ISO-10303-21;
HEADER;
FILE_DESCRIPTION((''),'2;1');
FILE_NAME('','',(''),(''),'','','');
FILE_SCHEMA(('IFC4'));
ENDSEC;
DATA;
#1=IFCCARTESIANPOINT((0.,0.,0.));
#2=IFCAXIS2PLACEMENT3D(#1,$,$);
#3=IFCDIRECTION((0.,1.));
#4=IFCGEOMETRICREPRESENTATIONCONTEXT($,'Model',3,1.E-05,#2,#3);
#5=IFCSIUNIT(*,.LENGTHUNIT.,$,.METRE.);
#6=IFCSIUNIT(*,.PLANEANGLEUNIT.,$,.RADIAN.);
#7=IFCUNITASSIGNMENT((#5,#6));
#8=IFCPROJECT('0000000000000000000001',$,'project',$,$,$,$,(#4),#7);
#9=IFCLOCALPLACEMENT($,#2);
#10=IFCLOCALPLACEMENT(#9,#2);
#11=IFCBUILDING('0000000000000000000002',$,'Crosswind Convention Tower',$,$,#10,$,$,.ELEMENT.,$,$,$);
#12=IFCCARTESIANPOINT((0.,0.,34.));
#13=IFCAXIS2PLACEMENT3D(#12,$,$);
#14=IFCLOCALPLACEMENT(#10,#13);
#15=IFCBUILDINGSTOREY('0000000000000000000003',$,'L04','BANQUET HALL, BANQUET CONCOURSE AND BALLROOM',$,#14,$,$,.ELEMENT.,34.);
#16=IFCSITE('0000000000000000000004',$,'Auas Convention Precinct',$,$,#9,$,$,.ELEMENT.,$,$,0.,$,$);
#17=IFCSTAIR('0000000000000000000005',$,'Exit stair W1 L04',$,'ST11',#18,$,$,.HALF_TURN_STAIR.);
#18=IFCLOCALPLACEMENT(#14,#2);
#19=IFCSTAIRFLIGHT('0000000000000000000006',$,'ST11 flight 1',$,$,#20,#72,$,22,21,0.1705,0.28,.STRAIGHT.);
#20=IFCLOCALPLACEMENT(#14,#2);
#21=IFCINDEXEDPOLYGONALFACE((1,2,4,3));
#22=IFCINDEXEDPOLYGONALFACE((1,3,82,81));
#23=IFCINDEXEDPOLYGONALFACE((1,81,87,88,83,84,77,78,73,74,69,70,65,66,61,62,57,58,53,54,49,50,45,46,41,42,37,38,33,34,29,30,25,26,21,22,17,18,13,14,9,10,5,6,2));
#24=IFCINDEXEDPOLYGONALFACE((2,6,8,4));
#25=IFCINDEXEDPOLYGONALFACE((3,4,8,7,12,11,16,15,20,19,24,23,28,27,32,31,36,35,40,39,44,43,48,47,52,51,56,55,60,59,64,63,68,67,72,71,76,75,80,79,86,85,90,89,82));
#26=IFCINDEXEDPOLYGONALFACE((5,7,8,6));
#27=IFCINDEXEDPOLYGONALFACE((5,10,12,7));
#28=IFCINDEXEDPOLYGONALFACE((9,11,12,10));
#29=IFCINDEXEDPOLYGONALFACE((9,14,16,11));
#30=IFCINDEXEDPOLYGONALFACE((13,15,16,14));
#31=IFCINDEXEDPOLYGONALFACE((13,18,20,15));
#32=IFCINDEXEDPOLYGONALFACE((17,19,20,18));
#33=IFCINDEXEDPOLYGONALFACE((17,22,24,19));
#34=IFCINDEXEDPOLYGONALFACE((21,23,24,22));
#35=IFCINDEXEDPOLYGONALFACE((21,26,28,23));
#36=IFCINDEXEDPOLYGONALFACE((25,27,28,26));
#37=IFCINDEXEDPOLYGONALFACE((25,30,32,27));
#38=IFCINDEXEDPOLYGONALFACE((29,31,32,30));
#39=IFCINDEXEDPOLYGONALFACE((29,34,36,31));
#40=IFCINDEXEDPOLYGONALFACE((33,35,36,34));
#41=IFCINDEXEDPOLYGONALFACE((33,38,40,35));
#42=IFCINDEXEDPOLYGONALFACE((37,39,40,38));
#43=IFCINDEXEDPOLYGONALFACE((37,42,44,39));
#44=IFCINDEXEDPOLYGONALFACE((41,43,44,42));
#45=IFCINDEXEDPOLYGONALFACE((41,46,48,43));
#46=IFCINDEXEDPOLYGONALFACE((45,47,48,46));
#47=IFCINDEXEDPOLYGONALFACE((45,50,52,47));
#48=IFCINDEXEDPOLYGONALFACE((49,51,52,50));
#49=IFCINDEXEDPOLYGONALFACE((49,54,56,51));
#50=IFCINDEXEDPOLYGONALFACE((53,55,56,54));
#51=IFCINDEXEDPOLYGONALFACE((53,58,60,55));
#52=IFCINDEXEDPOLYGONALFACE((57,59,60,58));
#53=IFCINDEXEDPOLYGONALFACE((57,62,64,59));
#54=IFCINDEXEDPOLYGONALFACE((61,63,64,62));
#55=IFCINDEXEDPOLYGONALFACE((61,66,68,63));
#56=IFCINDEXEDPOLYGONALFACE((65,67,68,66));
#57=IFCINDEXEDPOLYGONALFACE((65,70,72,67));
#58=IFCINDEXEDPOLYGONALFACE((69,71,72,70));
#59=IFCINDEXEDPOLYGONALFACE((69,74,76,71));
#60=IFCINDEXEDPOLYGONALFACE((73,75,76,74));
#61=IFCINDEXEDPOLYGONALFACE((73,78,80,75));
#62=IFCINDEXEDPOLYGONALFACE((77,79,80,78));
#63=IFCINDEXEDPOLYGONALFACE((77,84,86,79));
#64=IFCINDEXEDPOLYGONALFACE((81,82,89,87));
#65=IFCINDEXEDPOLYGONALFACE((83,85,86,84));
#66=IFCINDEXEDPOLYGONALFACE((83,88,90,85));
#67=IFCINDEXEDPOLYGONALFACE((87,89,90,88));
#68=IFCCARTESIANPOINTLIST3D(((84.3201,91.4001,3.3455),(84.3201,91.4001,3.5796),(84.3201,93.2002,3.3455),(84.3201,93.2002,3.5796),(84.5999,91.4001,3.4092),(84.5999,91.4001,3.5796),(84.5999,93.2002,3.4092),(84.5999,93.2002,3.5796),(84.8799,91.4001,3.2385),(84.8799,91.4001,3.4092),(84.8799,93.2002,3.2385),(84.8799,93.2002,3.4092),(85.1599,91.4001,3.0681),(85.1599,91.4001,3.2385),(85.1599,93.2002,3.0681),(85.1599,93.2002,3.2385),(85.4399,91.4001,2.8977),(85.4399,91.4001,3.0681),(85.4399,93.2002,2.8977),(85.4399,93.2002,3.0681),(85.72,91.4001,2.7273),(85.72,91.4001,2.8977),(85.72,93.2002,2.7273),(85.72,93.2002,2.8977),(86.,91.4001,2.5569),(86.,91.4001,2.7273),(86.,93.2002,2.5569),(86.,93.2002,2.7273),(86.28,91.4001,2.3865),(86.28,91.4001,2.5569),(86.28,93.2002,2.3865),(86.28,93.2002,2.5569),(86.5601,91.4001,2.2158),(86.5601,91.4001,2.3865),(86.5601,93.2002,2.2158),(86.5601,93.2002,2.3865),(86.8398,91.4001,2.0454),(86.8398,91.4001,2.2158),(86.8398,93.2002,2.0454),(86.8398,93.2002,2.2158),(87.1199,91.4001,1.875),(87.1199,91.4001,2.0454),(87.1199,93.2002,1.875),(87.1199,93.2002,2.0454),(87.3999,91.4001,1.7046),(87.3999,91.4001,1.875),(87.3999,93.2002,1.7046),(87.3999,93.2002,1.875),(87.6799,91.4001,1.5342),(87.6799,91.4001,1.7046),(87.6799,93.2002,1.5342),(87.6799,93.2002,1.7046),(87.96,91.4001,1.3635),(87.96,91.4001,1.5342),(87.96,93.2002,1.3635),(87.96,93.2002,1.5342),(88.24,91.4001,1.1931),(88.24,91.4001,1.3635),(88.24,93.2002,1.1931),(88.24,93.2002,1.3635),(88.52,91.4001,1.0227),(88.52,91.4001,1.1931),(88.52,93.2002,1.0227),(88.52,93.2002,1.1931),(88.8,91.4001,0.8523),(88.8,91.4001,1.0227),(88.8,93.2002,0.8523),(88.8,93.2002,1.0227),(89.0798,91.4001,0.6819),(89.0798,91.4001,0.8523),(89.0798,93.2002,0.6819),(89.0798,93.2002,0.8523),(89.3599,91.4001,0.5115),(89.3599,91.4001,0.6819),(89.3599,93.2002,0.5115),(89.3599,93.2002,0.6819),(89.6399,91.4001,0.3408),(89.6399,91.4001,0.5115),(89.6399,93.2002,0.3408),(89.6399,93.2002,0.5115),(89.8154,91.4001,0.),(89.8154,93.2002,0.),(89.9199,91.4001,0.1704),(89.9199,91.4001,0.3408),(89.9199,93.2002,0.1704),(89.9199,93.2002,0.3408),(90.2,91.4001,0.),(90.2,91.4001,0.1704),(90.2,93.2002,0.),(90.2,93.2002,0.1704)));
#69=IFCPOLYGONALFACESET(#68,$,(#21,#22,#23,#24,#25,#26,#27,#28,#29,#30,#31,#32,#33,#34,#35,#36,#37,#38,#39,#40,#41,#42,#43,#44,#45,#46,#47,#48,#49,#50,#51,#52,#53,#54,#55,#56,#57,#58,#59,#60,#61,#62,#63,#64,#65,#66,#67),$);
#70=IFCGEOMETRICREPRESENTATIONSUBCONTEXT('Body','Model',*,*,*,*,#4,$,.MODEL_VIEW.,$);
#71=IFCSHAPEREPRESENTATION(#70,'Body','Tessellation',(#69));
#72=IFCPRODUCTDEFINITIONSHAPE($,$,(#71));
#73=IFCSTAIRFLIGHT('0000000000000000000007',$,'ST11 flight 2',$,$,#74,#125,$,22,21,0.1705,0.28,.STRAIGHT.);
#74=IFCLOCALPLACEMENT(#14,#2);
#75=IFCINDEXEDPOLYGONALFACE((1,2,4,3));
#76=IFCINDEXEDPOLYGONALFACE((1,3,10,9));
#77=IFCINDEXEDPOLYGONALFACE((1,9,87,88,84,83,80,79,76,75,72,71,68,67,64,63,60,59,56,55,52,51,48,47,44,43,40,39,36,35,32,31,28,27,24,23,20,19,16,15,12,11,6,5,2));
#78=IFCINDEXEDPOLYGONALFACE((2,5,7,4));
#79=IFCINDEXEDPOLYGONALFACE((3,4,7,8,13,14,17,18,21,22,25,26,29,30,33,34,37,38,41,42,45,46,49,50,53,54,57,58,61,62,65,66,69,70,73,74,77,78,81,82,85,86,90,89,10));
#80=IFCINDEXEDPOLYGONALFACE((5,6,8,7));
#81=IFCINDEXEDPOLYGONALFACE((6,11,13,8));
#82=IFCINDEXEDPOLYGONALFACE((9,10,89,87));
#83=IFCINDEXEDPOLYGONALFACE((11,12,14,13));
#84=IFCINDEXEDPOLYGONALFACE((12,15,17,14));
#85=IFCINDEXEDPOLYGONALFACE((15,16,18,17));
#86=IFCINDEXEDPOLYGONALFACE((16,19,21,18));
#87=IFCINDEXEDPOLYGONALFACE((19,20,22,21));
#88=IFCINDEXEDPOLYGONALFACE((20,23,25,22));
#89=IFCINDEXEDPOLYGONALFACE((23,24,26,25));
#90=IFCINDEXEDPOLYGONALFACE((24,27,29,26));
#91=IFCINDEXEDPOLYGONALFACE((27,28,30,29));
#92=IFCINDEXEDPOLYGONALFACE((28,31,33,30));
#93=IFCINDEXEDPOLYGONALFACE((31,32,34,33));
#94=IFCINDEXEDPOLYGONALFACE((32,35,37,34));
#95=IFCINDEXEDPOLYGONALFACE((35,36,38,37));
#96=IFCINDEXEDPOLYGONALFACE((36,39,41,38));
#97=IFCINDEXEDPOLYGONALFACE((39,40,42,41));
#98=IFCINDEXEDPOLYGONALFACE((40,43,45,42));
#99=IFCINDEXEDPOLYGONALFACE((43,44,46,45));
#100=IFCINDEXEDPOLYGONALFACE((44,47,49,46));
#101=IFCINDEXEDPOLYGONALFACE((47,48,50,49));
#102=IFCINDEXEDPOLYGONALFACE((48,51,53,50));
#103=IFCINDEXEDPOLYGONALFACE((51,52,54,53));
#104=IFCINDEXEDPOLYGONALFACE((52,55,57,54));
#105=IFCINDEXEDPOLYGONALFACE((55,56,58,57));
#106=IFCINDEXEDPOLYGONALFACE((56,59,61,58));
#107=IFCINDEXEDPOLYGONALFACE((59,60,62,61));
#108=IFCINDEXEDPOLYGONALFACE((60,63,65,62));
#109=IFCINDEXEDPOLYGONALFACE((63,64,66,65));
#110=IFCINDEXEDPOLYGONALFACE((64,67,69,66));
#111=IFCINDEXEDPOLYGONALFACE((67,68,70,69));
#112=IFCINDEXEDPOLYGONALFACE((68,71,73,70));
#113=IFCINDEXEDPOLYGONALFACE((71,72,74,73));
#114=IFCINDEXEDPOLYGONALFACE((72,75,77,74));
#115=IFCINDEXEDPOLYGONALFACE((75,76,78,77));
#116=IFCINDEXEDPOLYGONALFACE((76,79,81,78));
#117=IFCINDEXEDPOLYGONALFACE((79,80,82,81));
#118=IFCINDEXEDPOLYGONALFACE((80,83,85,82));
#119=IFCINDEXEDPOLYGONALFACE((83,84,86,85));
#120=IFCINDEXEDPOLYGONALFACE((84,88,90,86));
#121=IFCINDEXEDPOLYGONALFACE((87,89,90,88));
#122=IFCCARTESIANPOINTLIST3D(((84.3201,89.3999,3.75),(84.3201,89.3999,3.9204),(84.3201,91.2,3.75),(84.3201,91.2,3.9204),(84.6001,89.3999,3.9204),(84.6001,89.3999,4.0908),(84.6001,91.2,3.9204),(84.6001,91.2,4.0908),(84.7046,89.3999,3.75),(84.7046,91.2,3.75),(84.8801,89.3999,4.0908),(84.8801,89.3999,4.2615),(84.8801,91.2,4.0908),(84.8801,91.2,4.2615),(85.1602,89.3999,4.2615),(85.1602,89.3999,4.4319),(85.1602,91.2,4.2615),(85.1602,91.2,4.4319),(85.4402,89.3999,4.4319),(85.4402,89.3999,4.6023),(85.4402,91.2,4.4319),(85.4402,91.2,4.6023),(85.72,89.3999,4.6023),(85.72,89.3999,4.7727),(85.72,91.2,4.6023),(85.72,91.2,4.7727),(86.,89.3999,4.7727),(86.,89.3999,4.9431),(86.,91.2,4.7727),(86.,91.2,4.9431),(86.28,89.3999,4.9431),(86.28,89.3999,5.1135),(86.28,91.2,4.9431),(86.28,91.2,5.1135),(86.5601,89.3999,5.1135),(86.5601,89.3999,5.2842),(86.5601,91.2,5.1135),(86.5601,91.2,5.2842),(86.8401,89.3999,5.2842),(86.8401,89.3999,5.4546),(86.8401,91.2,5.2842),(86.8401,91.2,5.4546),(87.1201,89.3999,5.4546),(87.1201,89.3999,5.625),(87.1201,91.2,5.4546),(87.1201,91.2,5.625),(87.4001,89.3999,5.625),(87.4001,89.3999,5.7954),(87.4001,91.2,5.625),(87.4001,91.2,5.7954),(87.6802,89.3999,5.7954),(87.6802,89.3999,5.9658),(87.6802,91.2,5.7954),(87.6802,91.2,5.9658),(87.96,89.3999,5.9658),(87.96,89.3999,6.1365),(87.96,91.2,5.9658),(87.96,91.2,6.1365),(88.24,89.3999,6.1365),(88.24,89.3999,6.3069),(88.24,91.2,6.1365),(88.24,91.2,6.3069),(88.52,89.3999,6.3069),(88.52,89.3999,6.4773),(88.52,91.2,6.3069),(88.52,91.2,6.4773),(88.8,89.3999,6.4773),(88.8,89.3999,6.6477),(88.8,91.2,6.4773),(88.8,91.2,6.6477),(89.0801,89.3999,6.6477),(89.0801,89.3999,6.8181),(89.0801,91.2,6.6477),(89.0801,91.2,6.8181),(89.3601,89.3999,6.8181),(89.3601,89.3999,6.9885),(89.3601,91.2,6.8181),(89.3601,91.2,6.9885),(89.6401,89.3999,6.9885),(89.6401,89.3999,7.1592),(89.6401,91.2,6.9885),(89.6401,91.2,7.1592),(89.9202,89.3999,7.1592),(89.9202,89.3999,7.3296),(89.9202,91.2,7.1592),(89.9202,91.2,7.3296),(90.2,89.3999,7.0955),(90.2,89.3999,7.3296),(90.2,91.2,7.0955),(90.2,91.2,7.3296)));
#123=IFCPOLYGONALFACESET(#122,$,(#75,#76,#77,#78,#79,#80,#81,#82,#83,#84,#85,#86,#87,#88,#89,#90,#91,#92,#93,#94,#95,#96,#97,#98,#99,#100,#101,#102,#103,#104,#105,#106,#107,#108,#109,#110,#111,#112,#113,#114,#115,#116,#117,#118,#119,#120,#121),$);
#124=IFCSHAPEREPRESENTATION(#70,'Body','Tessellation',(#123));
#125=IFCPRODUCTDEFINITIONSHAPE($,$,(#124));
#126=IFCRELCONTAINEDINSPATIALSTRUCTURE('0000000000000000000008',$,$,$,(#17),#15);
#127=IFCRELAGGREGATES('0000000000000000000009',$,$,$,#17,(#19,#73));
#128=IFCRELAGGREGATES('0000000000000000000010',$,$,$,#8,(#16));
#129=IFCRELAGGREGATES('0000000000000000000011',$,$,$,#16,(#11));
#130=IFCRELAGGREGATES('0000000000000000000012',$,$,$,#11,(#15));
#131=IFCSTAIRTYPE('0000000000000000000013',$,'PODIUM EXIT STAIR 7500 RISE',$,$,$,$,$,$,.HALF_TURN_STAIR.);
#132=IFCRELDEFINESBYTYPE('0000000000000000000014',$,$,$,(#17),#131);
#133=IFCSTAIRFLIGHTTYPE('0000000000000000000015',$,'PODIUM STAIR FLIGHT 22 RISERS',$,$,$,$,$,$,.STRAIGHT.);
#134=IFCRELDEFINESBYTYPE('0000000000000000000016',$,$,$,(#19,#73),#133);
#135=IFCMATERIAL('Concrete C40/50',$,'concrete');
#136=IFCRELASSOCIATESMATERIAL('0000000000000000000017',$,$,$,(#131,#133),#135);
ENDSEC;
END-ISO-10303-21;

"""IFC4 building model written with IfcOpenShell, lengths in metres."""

from ifc_helpers import new_model, si_unit, direction, frame, origin, place, context, subcontext, project, spatial, polyline, outline, extrude, material, type_object, element, aggregate, save


model = new_model("IFC4")

# Units and contexts
model_context = context("Model", 3, precision=1e-05, world=origin(), true_north=direction((0.0, 1.0)))
body_context = subcontext(model_context, "Body", "Model", "MODEL_VIEW")
ifc_project = project(units=[si_unit("LENGTHUNIT", "METRE"), si_unit("PLANEANGLEUNIT", "RADIAN")], contexts=[model_context])

# Site, building, storey
site_placement = place(None, origin())
site = spatial("IfcSite", under=ifc_project, at=site_placement, Name="Auas Convention Precinct", CompositionType="ELEMENT", RefElevation=0.0)
building_placement = place(site_placement, origin())
building = spatial("IfcBuilding", under=site, at=building_placement, Name="Crosswind Convention Tower", CompositionType="ELEMENT")
storey_placement = place(building_placement, frame((0.0, 0.0, 34.0)))
storey = spatial("IfcBuildingStorey", under=building, at=storey_placement, Name="L04", Description="BANQUET HALL, BANQUET CONCOURSE AND BALLROOM", CompositionType="ELEMENT", Elevation=34.0)

# Shared definitions
ifc_material_1 = material(Name="Concrete C40/50", Category="concrete")

# Stair, stair flights
stair_type = type_object("IfcStairType", Name="PODIUM EXIT STAIR 7500 RISE", PredefinedType="HALF_TURN_STAIR", material=ifc_material_1)
stair_placement = place(storey_placement, origin())
stair = element("IfcStair", 1, at=stair_placement, inside=storey, type_object=stair_type, Name="Exit stair W1 L04", ObjectType="ST11", PredefinedType="HALF_TURN_STAIR")
stair_flight_type = type_object("IfcStairFlightType", Name="PODIUM STAIR FLIGHT 22 RISERS", PredefinedType="STRAIGHT", material=ifc_material_1)
stair_flight_1_placement = place(storey_placement, frame((90.2, 92.3, 0.0), z_axis=(0.0, 0.0, 1.0), x_axis=(-1.0, 0.0, 0.0)))
stair_flight_1 = element("IfcStairFlight", 2, at=stair_flight_1_placement, type_object=stair_flight_type, Name="ST11 flight 1", NumberOfRisers=22, NumberOfTreads=21, PredefinedType="STRAIGHT", RiserHeight=0.1705, TreadLength=0.28, context=body_context, shape_type="SweptSolid", body=[
    extrude(outline(polyline([(0.0, 0.0), (0.0, 0.1704), (0.28, 0.1704), (0.28, 0.3408), (0.5601, 0.3408), (0.5601, 0.5115), (0.8401, 0.5115), (0.8401, 0.6819), (1.1201, 0.6819), (1.1201, 0.8523), (1.3999, 0.8523), (1.3999, 1.0227), (1.6799, 1.0227), (1.6799, 1.1931), (1.96, 1.1931), (1.96, 1.3635), (2.24, 1.3635), (2.24, 1.5342), (2.52, 1.5342), (2.52, 1.7046), (2.8, 1.7046), (2.8, 1.875), (3.0801, 1.875), (3.0801, 2.0454), (3.3601, 2.0454), (3.3601, 2.2158), (3.6399, 2.2158), (3.6399, 2.3865), (3.9199, 2.3865), (3.9199, 2.5569), (4.2, 2.5569), (4.2, 2.7273), (4.48, 2.7273), (4.48, 2.8977), (4.76, 2.8977), (4.76, 3.0681), (5.04, 3.0681), (5.04, 3.2385), (5.3201, 3.2385), (5.3201, 3.4092), (5.6001, 3.4092), (5.6001, 3.5796), (5.8799, 3.5796), (5.8799, 3.75), (5.8799, 3.3455), (0.3845, 0.0), (0.0, 0.0)])), frame((0.0, 0.8999, 0.0), z_axis=(0.0, -1.0, 0.0), x_axis=(1.0, 0.0, 0.0)), (0.0, 0.0, 1.0), 1.8),
])
stair_flight_2_placement = place(storey_placement, frame((84.3201, 90.3, 3.75), z_axis=(0.0, 0.0, 1.0), x_axis=(1.0, 0.0, 0.0)))
stair_flight_2 = element("IfcStairFlight", 3, at=stair_flight_2_placement, type_object=stair_flight_type, Name="ST11 flight 2", NumberOfRisers=22, NumberOfTreads=21, PredefinedType="STRAIGHT", RiserHeight=0.1705, TreadLength=0.28, context=body_context, shape_type="SweptSolid", body=[
    extrude(outline(polyline([(0.0, 0.0), (0.0, 0.1704), (0.28, 0.1704), (0.28, 0.3408), (0.5601, 0.3408), (0.5601, 0.5115), (0.8401, 0.5115), (0.8401, 0.6819), (1.1201, 0.6819), (1.1201, 0.8523), (1.3999, 0.8523), (1.3999, 1.0227), (1.6799, 1.0227), (1.6799, 1.1931), (1.96, 1.1931), (1.96, 1.3635), (2.24, 1.3635), (2.24, 1.5342), (2.52, 1.5342), (2.52, 1.7046), (2.8, 1.7046), (2.8, 1.875), (3.0801, 1.875), (3.0801, 2.0454), (3.3601, 2.0454), (3.3601, 2.2158), (3.6399, 2.2158), (3.6399, 2.3865), (3.9199, 2.3865), (3.9199, 2.5569), (4.2, 2.5569), (4.2, 2.7273), (4.48, 2.7273), (4.48, 2.8977), (4.76, 2.8977), (4.76, 3.0681), (5.04, 3.0681), (5.04, 3.2385), (5.3201, 3.2385), (5.3201, 3.4092), (5.6001, 3.4092), (5.6001, 3.5796), (5.8799, 3.5796), (5.8799, 3.75), (5.8799, 3.3455), (0.3845, 0.0), (0.0, 0.0)])), frame((0.0, 0.8999, 0.0), z_axis=(0.0, -1.0, 0.0), x_axis=(1.0, 0.0, 0.0)), (0.0, 0.0, 1.0), 1.8),
])
aggregate(stair, [stair_flight_1, stair_flight_2])

save(model, "model.ifc")
